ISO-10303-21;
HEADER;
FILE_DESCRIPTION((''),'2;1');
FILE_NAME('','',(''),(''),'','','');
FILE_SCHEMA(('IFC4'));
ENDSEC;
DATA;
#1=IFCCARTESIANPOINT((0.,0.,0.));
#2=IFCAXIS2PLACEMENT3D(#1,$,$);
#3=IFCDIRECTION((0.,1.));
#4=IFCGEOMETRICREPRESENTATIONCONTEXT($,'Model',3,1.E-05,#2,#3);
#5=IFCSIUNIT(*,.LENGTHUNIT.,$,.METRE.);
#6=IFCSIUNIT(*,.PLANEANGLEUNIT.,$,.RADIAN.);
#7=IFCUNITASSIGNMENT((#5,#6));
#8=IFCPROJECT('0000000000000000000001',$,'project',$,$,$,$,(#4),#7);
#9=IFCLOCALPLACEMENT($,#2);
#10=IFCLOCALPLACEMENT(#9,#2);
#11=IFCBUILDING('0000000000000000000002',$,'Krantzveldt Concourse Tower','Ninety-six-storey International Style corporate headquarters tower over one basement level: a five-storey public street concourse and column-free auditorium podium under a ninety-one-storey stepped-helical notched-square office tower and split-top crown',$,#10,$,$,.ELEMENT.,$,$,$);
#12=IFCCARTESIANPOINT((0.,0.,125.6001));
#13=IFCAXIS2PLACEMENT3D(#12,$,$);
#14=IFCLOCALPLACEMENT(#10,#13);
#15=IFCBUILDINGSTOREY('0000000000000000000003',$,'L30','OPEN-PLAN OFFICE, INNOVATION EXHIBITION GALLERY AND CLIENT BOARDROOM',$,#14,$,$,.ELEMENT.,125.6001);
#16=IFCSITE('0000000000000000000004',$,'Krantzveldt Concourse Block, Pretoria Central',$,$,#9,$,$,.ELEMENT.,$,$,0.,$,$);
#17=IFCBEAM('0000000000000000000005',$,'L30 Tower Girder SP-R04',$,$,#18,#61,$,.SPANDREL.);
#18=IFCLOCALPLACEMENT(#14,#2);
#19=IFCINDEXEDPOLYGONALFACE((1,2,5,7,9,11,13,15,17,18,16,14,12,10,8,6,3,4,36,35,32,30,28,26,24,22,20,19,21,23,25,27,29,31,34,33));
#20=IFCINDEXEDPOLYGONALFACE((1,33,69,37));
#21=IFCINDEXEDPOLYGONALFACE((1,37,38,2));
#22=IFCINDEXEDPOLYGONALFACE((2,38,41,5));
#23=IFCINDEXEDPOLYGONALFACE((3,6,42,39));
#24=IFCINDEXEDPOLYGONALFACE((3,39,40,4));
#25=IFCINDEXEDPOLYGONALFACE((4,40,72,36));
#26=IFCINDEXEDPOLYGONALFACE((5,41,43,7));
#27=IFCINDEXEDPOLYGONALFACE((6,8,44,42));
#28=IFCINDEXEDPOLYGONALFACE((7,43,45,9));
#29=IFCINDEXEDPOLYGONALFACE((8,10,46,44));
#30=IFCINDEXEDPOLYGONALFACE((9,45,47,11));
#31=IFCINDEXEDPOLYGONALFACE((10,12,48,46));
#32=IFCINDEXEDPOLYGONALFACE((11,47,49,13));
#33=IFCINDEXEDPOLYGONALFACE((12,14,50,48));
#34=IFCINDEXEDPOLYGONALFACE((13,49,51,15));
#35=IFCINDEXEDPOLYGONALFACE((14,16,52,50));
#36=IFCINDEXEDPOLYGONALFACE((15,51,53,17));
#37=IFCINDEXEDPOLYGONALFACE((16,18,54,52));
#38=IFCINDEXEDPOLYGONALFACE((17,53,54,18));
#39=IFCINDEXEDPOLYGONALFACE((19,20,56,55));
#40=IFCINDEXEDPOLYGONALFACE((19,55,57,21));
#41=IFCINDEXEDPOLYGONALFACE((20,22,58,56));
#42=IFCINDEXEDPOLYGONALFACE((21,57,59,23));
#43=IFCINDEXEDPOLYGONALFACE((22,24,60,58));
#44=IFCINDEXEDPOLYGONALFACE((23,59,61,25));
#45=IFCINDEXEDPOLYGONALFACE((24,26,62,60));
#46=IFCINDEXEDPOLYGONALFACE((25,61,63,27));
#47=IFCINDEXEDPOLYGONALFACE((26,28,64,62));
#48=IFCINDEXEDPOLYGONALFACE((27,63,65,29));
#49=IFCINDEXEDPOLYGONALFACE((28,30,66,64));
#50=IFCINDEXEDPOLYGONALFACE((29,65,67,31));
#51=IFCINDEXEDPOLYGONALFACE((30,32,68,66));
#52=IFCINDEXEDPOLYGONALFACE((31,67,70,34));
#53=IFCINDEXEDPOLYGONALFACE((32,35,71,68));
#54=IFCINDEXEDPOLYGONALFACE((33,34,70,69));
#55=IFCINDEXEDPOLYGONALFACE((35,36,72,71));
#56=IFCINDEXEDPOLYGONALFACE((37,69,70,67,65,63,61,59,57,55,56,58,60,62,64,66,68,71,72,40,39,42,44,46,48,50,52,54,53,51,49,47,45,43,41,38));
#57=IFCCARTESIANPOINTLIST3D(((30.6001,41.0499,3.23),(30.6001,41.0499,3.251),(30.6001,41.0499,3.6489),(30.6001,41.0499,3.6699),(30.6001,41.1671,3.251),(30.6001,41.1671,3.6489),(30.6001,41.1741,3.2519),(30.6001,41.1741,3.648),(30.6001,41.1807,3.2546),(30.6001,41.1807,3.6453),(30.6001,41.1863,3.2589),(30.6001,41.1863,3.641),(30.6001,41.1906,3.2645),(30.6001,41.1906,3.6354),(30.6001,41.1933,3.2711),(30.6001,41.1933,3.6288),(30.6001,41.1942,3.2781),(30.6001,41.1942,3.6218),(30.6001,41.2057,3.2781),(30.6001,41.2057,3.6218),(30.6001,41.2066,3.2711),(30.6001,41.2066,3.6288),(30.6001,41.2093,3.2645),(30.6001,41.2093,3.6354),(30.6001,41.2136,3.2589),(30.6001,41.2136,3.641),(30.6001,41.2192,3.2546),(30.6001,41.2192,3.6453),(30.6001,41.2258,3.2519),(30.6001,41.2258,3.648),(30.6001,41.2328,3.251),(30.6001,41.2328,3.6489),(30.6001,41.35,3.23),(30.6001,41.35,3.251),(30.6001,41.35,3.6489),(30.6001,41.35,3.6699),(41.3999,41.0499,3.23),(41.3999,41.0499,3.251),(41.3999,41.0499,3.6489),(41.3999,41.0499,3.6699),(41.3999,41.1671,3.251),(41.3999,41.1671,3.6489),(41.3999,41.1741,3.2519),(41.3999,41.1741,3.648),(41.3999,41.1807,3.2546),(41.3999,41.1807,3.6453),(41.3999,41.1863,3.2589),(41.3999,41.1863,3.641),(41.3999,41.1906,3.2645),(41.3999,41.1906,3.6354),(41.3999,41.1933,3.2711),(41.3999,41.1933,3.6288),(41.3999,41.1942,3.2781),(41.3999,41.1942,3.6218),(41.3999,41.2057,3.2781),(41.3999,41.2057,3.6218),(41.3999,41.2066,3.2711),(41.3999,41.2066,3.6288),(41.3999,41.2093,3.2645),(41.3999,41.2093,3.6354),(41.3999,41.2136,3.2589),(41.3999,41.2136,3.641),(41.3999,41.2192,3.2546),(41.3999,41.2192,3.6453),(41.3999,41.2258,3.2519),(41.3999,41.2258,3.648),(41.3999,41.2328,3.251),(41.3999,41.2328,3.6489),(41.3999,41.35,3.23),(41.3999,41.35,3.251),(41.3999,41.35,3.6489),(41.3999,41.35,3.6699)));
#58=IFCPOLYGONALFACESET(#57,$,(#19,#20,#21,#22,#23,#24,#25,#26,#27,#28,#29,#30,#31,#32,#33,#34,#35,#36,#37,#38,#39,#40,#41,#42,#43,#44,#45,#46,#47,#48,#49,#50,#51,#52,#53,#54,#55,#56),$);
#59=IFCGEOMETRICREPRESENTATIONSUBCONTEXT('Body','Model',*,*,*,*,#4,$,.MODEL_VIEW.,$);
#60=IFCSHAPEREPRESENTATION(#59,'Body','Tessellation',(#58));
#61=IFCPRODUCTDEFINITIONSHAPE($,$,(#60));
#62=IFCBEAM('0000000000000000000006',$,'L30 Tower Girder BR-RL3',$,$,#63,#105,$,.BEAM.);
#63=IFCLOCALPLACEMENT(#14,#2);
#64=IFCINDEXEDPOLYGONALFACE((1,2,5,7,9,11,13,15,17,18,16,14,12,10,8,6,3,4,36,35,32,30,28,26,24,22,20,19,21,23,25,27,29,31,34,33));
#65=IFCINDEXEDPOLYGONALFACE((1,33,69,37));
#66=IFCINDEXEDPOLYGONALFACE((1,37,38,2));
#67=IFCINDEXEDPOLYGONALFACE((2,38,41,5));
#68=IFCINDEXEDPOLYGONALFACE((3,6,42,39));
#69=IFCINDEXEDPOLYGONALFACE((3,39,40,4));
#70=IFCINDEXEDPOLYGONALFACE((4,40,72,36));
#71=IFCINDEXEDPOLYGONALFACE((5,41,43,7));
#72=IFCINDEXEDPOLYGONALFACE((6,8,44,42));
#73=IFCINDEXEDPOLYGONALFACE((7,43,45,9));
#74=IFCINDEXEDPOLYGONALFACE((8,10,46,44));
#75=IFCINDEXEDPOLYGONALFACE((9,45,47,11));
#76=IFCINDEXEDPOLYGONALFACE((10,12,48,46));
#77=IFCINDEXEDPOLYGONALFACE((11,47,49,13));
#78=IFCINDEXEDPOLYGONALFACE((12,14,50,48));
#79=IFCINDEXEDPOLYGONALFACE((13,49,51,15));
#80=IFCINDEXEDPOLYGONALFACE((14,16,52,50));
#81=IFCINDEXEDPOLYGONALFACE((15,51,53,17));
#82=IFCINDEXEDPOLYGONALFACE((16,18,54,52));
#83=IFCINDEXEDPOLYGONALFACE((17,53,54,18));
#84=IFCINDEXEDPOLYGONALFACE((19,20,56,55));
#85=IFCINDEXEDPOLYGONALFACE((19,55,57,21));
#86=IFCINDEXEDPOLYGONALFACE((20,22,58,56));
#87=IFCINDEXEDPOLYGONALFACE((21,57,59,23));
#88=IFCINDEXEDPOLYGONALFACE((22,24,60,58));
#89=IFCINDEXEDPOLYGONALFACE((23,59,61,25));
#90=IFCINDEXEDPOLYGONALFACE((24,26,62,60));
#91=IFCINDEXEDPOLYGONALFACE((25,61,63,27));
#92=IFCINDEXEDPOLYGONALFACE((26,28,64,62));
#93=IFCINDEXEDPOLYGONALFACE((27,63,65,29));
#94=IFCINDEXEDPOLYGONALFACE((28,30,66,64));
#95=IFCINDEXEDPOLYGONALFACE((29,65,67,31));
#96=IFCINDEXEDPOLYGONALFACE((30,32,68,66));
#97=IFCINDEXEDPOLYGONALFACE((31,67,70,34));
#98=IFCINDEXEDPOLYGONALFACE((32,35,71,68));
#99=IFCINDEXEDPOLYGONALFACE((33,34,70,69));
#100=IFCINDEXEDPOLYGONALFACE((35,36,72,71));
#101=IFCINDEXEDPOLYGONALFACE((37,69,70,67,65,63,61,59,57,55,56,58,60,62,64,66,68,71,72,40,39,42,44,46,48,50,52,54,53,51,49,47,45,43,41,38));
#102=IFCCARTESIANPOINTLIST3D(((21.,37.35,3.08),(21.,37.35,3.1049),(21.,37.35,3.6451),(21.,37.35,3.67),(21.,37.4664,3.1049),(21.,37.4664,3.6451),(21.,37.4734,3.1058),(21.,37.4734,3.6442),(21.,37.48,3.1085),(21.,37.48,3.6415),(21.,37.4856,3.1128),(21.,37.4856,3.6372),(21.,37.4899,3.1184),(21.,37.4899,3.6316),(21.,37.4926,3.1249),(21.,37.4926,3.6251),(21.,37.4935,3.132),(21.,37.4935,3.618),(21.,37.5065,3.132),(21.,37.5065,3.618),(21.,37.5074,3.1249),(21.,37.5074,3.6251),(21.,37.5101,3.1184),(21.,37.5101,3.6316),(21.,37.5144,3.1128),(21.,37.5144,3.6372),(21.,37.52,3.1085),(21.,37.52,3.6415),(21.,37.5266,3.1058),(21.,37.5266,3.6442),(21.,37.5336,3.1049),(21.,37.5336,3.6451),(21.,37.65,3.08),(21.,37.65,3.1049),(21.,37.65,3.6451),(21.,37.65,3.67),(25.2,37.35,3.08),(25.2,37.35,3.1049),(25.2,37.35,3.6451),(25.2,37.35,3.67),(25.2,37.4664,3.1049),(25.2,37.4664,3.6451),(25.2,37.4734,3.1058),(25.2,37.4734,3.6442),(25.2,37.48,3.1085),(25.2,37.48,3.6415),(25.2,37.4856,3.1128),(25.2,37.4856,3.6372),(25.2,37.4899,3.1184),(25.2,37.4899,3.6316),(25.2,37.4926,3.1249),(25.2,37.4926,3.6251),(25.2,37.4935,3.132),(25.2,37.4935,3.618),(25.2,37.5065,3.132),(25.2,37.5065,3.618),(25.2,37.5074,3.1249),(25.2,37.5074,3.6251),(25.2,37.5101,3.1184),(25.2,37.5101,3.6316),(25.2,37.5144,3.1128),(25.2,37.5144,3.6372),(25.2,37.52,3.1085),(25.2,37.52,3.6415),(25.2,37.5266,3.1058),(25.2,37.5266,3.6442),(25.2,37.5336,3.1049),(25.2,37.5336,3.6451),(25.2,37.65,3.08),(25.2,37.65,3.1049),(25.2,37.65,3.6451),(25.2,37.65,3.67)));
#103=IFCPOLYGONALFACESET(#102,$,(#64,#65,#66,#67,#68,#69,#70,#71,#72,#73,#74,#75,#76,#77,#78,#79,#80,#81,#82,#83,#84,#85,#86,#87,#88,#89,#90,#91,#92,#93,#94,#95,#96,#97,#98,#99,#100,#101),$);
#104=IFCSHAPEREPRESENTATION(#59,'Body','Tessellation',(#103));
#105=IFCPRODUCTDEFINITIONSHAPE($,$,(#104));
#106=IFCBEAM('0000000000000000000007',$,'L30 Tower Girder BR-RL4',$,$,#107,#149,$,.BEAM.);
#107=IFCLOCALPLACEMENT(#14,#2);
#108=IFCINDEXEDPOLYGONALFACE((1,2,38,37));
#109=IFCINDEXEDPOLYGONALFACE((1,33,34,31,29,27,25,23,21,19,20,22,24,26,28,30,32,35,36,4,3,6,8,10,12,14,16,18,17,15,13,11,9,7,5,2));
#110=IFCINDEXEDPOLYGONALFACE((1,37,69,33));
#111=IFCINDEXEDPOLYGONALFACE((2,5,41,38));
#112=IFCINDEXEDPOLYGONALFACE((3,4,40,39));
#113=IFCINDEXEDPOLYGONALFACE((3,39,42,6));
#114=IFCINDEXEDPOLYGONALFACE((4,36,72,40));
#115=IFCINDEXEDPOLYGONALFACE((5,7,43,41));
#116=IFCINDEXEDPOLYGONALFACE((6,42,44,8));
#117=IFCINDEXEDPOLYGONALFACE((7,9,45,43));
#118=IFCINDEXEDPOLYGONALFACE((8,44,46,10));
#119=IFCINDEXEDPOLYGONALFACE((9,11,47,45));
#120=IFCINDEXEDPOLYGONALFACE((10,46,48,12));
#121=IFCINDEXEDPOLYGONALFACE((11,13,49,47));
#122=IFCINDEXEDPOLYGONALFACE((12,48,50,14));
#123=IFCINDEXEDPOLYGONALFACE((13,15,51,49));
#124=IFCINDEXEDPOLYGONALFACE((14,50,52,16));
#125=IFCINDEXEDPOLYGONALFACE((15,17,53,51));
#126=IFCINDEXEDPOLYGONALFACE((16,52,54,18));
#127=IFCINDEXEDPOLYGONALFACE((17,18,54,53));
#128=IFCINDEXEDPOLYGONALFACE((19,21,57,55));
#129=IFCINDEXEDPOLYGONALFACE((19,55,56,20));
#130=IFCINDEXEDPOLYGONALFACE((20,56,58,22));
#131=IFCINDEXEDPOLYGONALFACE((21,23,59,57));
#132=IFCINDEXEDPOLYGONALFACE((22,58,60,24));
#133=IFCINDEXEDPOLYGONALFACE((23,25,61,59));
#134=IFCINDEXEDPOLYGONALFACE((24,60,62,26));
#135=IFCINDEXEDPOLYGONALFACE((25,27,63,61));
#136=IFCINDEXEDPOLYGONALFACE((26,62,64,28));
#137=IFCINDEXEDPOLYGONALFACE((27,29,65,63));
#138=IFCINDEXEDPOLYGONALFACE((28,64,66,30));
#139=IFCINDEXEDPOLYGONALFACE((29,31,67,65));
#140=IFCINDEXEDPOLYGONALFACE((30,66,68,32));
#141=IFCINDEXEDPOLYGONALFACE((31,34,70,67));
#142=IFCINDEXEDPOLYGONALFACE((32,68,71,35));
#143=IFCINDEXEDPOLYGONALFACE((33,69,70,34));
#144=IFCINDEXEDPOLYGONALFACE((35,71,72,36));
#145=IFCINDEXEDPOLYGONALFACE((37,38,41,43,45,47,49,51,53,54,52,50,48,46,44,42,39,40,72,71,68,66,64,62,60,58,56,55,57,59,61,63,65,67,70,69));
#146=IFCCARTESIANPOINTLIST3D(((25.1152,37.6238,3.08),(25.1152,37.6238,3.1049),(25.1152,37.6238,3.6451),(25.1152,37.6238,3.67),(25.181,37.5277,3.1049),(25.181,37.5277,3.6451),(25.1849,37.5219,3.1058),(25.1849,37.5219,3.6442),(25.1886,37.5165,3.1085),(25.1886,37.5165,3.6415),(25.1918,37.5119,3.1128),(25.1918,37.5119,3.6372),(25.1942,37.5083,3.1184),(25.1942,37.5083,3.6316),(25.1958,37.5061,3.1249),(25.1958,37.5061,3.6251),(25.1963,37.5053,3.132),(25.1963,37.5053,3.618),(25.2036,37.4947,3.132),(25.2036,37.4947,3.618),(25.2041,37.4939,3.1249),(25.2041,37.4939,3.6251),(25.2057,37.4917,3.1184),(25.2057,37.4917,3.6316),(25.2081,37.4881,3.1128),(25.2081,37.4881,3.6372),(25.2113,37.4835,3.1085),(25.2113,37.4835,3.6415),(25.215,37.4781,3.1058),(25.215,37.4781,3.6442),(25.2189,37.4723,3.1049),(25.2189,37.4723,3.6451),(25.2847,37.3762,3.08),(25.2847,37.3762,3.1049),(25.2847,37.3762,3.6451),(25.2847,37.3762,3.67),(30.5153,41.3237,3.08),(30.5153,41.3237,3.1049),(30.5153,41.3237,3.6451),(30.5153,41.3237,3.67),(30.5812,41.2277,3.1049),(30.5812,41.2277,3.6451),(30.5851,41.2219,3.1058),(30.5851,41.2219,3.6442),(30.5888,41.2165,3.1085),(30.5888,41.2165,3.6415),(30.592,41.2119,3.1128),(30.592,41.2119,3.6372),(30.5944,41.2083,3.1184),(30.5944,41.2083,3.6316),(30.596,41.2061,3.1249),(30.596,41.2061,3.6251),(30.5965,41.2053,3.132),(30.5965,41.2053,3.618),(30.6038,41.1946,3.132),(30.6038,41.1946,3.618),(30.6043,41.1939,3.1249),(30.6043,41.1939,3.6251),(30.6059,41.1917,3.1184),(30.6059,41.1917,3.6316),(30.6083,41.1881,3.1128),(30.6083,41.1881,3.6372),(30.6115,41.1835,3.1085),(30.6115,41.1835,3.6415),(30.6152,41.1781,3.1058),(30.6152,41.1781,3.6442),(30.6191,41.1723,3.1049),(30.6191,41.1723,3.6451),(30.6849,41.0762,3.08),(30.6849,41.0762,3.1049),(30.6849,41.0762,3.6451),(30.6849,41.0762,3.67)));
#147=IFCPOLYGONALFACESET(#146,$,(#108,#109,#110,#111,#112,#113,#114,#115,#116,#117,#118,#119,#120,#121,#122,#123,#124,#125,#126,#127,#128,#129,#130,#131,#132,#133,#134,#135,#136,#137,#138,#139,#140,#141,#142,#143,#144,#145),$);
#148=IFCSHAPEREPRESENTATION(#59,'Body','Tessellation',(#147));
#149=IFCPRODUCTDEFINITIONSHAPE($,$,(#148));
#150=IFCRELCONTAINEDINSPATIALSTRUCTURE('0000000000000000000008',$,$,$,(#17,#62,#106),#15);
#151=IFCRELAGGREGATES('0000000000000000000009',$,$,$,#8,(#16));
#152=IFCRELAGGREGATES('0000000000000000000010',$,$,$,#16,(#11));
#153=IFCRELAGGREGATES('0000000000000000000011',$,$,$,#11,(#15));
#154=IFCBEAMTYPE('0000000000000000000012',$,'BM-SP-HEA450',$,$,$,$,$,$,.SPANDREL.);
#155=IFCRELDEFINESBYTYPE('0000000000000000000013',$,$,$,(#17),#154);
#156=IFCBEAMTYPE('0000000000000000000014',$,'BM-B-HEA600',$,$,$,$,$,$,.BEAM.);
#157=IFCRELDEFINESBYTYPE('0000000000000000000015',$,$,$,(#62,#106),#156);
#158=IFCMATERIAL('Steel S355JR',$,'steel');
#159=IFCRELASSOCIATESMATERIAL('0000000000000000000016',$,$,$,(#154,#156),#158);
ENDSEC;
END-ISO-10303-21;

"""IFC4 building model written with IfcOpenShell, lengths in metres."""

from ifc_helpers import new_model, si_unit, direction, frame, origin, origin_2d, place, context, subcontext, project, spatial, i_section, extrude, source, transform, mapped, material, material_profile, profile_set, type_object, type_shapes, element, save


model = new_model("IFC4")

# Units and contexts
model_context = context("Model", 3, precision=1e-05, world=origin(), true_north=direction((0.0, 1.0)))
body_context = subcontext(model_context, "Body", "Model", "MODEL_VIEW")
ifc_project = project(units=[si_unit("LENGTHUNIT", "METRE"), si_unit("PLANEANGLEUNIT", "RADIAN")], contexts=[model_context])

# Site, building, storey
site_placement = place(None, origin())
site = spatial("IfcSite", under=ifc_project, at=site_placement, Name="Krantzveldt Concourse Block, Pretoria Central", CompositionType="ELEMENT", RefElevation=0.0)
building_placement = place(site_placement, origin())
building = spatial("IfcBuilding", under=site, at=building_placement, Name="Krantzveldt Concourse Tower", Description="Ninety-six-storey International Style corporate headquarters tower over one basement level: a five-storey public street concourse and column-free auditorium podium under a ninety-one-storey stepped-helical notched-square office tower and split-top crown", CompositionType="ELEMENT")
storey_placement = place(building_placement, frame((0.0, 0.0, 125.6001)))
storey = spatial("IfcBuildingStorey", under=building, at=storey_placement, Name="L30", Description="OPEN-PLAN OFFICE, INNOVATION EXHIBITION GALLERY AND CLIENT BOARDROOM", CompositionType="ELEMENT", Elevation=125.6001)

# Beams
ifc_material_1 = material(Name="Steel S355JR", Category="steel")
ifc_material_profile_1 = material_profile(ifc_material_1, i_section(OverallWidth=0.3, OverallDepth=0.4399, WebThickness=0.0115, FlangeThickness=0.021, FilletRadius=0.0271, at=origin_2d()), Name="Steel S355JR", Category="steel")
ifc_profile_set_1 = profile_set([ifc_material_profile_1], Name="Steel S355JR - HEA 450")
beam_type_1 = type_object("IfcBeamType", Name="BM-SP-HEA450", PredefinedType="SPANDREL", material=ifc_profile_set_1)
shared_shape_1 = source(origin(), body_context, "Body", "SweptSolid", [
    extrude(i_section(OverallWidth=0.3, OverallDepth=0.4399, WebThickness=0.0115, FlangeThickness=0.021, FilletRadius=0.0271, at=origin_2d()), origin(), (0.0, 0.0, 1.0), 10.7998),
])
beam_1_placement = place(storey_placement, frame((30.6001, 41.2, 3.45), z_axis=(1.0, 0.0, 0.0), x_axis=(0.0, 1.0, 0.0)))
element("IfcBeam", 1, at=beam_1_placement, inside=storey, type_object=beam_type_1, Name="L30 Tower Girder SP-R04", PredefinedType="SPANDREL", context=body_context, shape_type="MappedRepresentation", body=[
    mapped(shared_shape_1, transform((0.0, 0.0, 0.0), x_axis=(1.0, 0.0, 0.0), y_axis=(0.0, 1.0, 0.0), z_axis=(0.0, 0.0, 1.0), scale=1.0)),
])
ifc_material_profile_2 = material_profile(ifc_material_1, i_section(OverallWidth=0.3, OverallDepth=0.5901, WebThickness=0.0129, FlangeThickness=0.0249, FilletRadius=0.0271, at=origin_2d()), Name="Steel S355JR", Category="steel")
ifc_profile_set_2 = profile_set([ifc_material_profile_2], Name="Steel S355JR - HEA 600")
beam_type_2 = type_object("IfcBeamType", Name="BM-B-HEA600", PredefinedType="BEAM", material=ifc_profile_set_2)
shared_shape_2 = source(origin(), body_context, "Body", "SweptSolid", [
    extrude(i_section(OverallWidth=0.3, OverallDepth=0.5901, WebThickness=0.0129, FlangeThickness=0.0249, FilletRadius=0.0271, at=origin_2d()), origin(), (0.0, 0.0, 1.0), 4.2),
])
beam_2_placement = place(storey_placement, frame((21.0, 37.5, 3.375), z_axis=(1.0, 0.0, 0.0), x_axis=(0.0, 1.0, 0.0)))
element("IfcBeam", 2, at=beam_2_placement, inside=storey, type_object=beam_type_2, Name="L30 Tower Girder BR-RL3", PredefinedType="BEAM", context=body_context, shape_type="MappedRepresentation", body=[
    mapped(shared_shape_2, transform((0.0, 0.0, 0.0), x_axis=(1.0, 0.0, 0.0), y_axis=(0.0, 1.0, 0.0), z_axis=(0.0, 0.0, 1.0), scale=1.0)),
])
shared_shape_3 = source(origin(), body_context, "Body", "SweptSolid", [
    extrude(i_section(OverallWidth=0.3, OverallDepth=0.5901, WebThickness=0.0129, FlangeThickness=0.0249, FilletRadius=0.0271, at=origin_2d()), origin(), (0.0, 0.0, 1.0), 6.5461),
])
type_shapes(beam_type_2, [shared_shape_2, shared_shape_3])
beam_3_placement = place(storey_placement, frame((25.2, 37.5, 3.375), z_axis=(0.824943, 0.565216, 0.0), x_axis=(-0.565216, 0.824943, 0.0)))
element("IfcBeam", 3, at=beam_3_placement, inside=storey, type_object=beam_type_2, Name="L30 Tower Girder BR-RL4", PredefinedType="BEAM", context=body_context, shape_type="MappedRepresentation", body=[
    mapped(shared_shape_3, transform((0.0, 0.0, 0.0), x_axis=(1.0, 0.0, 0.0), y_axis=(0.0, 1.0, 0.0), z_axis=(0.0, 0.0, 1.0), scale=1.0)),
])

save(model, "model.ifc")
